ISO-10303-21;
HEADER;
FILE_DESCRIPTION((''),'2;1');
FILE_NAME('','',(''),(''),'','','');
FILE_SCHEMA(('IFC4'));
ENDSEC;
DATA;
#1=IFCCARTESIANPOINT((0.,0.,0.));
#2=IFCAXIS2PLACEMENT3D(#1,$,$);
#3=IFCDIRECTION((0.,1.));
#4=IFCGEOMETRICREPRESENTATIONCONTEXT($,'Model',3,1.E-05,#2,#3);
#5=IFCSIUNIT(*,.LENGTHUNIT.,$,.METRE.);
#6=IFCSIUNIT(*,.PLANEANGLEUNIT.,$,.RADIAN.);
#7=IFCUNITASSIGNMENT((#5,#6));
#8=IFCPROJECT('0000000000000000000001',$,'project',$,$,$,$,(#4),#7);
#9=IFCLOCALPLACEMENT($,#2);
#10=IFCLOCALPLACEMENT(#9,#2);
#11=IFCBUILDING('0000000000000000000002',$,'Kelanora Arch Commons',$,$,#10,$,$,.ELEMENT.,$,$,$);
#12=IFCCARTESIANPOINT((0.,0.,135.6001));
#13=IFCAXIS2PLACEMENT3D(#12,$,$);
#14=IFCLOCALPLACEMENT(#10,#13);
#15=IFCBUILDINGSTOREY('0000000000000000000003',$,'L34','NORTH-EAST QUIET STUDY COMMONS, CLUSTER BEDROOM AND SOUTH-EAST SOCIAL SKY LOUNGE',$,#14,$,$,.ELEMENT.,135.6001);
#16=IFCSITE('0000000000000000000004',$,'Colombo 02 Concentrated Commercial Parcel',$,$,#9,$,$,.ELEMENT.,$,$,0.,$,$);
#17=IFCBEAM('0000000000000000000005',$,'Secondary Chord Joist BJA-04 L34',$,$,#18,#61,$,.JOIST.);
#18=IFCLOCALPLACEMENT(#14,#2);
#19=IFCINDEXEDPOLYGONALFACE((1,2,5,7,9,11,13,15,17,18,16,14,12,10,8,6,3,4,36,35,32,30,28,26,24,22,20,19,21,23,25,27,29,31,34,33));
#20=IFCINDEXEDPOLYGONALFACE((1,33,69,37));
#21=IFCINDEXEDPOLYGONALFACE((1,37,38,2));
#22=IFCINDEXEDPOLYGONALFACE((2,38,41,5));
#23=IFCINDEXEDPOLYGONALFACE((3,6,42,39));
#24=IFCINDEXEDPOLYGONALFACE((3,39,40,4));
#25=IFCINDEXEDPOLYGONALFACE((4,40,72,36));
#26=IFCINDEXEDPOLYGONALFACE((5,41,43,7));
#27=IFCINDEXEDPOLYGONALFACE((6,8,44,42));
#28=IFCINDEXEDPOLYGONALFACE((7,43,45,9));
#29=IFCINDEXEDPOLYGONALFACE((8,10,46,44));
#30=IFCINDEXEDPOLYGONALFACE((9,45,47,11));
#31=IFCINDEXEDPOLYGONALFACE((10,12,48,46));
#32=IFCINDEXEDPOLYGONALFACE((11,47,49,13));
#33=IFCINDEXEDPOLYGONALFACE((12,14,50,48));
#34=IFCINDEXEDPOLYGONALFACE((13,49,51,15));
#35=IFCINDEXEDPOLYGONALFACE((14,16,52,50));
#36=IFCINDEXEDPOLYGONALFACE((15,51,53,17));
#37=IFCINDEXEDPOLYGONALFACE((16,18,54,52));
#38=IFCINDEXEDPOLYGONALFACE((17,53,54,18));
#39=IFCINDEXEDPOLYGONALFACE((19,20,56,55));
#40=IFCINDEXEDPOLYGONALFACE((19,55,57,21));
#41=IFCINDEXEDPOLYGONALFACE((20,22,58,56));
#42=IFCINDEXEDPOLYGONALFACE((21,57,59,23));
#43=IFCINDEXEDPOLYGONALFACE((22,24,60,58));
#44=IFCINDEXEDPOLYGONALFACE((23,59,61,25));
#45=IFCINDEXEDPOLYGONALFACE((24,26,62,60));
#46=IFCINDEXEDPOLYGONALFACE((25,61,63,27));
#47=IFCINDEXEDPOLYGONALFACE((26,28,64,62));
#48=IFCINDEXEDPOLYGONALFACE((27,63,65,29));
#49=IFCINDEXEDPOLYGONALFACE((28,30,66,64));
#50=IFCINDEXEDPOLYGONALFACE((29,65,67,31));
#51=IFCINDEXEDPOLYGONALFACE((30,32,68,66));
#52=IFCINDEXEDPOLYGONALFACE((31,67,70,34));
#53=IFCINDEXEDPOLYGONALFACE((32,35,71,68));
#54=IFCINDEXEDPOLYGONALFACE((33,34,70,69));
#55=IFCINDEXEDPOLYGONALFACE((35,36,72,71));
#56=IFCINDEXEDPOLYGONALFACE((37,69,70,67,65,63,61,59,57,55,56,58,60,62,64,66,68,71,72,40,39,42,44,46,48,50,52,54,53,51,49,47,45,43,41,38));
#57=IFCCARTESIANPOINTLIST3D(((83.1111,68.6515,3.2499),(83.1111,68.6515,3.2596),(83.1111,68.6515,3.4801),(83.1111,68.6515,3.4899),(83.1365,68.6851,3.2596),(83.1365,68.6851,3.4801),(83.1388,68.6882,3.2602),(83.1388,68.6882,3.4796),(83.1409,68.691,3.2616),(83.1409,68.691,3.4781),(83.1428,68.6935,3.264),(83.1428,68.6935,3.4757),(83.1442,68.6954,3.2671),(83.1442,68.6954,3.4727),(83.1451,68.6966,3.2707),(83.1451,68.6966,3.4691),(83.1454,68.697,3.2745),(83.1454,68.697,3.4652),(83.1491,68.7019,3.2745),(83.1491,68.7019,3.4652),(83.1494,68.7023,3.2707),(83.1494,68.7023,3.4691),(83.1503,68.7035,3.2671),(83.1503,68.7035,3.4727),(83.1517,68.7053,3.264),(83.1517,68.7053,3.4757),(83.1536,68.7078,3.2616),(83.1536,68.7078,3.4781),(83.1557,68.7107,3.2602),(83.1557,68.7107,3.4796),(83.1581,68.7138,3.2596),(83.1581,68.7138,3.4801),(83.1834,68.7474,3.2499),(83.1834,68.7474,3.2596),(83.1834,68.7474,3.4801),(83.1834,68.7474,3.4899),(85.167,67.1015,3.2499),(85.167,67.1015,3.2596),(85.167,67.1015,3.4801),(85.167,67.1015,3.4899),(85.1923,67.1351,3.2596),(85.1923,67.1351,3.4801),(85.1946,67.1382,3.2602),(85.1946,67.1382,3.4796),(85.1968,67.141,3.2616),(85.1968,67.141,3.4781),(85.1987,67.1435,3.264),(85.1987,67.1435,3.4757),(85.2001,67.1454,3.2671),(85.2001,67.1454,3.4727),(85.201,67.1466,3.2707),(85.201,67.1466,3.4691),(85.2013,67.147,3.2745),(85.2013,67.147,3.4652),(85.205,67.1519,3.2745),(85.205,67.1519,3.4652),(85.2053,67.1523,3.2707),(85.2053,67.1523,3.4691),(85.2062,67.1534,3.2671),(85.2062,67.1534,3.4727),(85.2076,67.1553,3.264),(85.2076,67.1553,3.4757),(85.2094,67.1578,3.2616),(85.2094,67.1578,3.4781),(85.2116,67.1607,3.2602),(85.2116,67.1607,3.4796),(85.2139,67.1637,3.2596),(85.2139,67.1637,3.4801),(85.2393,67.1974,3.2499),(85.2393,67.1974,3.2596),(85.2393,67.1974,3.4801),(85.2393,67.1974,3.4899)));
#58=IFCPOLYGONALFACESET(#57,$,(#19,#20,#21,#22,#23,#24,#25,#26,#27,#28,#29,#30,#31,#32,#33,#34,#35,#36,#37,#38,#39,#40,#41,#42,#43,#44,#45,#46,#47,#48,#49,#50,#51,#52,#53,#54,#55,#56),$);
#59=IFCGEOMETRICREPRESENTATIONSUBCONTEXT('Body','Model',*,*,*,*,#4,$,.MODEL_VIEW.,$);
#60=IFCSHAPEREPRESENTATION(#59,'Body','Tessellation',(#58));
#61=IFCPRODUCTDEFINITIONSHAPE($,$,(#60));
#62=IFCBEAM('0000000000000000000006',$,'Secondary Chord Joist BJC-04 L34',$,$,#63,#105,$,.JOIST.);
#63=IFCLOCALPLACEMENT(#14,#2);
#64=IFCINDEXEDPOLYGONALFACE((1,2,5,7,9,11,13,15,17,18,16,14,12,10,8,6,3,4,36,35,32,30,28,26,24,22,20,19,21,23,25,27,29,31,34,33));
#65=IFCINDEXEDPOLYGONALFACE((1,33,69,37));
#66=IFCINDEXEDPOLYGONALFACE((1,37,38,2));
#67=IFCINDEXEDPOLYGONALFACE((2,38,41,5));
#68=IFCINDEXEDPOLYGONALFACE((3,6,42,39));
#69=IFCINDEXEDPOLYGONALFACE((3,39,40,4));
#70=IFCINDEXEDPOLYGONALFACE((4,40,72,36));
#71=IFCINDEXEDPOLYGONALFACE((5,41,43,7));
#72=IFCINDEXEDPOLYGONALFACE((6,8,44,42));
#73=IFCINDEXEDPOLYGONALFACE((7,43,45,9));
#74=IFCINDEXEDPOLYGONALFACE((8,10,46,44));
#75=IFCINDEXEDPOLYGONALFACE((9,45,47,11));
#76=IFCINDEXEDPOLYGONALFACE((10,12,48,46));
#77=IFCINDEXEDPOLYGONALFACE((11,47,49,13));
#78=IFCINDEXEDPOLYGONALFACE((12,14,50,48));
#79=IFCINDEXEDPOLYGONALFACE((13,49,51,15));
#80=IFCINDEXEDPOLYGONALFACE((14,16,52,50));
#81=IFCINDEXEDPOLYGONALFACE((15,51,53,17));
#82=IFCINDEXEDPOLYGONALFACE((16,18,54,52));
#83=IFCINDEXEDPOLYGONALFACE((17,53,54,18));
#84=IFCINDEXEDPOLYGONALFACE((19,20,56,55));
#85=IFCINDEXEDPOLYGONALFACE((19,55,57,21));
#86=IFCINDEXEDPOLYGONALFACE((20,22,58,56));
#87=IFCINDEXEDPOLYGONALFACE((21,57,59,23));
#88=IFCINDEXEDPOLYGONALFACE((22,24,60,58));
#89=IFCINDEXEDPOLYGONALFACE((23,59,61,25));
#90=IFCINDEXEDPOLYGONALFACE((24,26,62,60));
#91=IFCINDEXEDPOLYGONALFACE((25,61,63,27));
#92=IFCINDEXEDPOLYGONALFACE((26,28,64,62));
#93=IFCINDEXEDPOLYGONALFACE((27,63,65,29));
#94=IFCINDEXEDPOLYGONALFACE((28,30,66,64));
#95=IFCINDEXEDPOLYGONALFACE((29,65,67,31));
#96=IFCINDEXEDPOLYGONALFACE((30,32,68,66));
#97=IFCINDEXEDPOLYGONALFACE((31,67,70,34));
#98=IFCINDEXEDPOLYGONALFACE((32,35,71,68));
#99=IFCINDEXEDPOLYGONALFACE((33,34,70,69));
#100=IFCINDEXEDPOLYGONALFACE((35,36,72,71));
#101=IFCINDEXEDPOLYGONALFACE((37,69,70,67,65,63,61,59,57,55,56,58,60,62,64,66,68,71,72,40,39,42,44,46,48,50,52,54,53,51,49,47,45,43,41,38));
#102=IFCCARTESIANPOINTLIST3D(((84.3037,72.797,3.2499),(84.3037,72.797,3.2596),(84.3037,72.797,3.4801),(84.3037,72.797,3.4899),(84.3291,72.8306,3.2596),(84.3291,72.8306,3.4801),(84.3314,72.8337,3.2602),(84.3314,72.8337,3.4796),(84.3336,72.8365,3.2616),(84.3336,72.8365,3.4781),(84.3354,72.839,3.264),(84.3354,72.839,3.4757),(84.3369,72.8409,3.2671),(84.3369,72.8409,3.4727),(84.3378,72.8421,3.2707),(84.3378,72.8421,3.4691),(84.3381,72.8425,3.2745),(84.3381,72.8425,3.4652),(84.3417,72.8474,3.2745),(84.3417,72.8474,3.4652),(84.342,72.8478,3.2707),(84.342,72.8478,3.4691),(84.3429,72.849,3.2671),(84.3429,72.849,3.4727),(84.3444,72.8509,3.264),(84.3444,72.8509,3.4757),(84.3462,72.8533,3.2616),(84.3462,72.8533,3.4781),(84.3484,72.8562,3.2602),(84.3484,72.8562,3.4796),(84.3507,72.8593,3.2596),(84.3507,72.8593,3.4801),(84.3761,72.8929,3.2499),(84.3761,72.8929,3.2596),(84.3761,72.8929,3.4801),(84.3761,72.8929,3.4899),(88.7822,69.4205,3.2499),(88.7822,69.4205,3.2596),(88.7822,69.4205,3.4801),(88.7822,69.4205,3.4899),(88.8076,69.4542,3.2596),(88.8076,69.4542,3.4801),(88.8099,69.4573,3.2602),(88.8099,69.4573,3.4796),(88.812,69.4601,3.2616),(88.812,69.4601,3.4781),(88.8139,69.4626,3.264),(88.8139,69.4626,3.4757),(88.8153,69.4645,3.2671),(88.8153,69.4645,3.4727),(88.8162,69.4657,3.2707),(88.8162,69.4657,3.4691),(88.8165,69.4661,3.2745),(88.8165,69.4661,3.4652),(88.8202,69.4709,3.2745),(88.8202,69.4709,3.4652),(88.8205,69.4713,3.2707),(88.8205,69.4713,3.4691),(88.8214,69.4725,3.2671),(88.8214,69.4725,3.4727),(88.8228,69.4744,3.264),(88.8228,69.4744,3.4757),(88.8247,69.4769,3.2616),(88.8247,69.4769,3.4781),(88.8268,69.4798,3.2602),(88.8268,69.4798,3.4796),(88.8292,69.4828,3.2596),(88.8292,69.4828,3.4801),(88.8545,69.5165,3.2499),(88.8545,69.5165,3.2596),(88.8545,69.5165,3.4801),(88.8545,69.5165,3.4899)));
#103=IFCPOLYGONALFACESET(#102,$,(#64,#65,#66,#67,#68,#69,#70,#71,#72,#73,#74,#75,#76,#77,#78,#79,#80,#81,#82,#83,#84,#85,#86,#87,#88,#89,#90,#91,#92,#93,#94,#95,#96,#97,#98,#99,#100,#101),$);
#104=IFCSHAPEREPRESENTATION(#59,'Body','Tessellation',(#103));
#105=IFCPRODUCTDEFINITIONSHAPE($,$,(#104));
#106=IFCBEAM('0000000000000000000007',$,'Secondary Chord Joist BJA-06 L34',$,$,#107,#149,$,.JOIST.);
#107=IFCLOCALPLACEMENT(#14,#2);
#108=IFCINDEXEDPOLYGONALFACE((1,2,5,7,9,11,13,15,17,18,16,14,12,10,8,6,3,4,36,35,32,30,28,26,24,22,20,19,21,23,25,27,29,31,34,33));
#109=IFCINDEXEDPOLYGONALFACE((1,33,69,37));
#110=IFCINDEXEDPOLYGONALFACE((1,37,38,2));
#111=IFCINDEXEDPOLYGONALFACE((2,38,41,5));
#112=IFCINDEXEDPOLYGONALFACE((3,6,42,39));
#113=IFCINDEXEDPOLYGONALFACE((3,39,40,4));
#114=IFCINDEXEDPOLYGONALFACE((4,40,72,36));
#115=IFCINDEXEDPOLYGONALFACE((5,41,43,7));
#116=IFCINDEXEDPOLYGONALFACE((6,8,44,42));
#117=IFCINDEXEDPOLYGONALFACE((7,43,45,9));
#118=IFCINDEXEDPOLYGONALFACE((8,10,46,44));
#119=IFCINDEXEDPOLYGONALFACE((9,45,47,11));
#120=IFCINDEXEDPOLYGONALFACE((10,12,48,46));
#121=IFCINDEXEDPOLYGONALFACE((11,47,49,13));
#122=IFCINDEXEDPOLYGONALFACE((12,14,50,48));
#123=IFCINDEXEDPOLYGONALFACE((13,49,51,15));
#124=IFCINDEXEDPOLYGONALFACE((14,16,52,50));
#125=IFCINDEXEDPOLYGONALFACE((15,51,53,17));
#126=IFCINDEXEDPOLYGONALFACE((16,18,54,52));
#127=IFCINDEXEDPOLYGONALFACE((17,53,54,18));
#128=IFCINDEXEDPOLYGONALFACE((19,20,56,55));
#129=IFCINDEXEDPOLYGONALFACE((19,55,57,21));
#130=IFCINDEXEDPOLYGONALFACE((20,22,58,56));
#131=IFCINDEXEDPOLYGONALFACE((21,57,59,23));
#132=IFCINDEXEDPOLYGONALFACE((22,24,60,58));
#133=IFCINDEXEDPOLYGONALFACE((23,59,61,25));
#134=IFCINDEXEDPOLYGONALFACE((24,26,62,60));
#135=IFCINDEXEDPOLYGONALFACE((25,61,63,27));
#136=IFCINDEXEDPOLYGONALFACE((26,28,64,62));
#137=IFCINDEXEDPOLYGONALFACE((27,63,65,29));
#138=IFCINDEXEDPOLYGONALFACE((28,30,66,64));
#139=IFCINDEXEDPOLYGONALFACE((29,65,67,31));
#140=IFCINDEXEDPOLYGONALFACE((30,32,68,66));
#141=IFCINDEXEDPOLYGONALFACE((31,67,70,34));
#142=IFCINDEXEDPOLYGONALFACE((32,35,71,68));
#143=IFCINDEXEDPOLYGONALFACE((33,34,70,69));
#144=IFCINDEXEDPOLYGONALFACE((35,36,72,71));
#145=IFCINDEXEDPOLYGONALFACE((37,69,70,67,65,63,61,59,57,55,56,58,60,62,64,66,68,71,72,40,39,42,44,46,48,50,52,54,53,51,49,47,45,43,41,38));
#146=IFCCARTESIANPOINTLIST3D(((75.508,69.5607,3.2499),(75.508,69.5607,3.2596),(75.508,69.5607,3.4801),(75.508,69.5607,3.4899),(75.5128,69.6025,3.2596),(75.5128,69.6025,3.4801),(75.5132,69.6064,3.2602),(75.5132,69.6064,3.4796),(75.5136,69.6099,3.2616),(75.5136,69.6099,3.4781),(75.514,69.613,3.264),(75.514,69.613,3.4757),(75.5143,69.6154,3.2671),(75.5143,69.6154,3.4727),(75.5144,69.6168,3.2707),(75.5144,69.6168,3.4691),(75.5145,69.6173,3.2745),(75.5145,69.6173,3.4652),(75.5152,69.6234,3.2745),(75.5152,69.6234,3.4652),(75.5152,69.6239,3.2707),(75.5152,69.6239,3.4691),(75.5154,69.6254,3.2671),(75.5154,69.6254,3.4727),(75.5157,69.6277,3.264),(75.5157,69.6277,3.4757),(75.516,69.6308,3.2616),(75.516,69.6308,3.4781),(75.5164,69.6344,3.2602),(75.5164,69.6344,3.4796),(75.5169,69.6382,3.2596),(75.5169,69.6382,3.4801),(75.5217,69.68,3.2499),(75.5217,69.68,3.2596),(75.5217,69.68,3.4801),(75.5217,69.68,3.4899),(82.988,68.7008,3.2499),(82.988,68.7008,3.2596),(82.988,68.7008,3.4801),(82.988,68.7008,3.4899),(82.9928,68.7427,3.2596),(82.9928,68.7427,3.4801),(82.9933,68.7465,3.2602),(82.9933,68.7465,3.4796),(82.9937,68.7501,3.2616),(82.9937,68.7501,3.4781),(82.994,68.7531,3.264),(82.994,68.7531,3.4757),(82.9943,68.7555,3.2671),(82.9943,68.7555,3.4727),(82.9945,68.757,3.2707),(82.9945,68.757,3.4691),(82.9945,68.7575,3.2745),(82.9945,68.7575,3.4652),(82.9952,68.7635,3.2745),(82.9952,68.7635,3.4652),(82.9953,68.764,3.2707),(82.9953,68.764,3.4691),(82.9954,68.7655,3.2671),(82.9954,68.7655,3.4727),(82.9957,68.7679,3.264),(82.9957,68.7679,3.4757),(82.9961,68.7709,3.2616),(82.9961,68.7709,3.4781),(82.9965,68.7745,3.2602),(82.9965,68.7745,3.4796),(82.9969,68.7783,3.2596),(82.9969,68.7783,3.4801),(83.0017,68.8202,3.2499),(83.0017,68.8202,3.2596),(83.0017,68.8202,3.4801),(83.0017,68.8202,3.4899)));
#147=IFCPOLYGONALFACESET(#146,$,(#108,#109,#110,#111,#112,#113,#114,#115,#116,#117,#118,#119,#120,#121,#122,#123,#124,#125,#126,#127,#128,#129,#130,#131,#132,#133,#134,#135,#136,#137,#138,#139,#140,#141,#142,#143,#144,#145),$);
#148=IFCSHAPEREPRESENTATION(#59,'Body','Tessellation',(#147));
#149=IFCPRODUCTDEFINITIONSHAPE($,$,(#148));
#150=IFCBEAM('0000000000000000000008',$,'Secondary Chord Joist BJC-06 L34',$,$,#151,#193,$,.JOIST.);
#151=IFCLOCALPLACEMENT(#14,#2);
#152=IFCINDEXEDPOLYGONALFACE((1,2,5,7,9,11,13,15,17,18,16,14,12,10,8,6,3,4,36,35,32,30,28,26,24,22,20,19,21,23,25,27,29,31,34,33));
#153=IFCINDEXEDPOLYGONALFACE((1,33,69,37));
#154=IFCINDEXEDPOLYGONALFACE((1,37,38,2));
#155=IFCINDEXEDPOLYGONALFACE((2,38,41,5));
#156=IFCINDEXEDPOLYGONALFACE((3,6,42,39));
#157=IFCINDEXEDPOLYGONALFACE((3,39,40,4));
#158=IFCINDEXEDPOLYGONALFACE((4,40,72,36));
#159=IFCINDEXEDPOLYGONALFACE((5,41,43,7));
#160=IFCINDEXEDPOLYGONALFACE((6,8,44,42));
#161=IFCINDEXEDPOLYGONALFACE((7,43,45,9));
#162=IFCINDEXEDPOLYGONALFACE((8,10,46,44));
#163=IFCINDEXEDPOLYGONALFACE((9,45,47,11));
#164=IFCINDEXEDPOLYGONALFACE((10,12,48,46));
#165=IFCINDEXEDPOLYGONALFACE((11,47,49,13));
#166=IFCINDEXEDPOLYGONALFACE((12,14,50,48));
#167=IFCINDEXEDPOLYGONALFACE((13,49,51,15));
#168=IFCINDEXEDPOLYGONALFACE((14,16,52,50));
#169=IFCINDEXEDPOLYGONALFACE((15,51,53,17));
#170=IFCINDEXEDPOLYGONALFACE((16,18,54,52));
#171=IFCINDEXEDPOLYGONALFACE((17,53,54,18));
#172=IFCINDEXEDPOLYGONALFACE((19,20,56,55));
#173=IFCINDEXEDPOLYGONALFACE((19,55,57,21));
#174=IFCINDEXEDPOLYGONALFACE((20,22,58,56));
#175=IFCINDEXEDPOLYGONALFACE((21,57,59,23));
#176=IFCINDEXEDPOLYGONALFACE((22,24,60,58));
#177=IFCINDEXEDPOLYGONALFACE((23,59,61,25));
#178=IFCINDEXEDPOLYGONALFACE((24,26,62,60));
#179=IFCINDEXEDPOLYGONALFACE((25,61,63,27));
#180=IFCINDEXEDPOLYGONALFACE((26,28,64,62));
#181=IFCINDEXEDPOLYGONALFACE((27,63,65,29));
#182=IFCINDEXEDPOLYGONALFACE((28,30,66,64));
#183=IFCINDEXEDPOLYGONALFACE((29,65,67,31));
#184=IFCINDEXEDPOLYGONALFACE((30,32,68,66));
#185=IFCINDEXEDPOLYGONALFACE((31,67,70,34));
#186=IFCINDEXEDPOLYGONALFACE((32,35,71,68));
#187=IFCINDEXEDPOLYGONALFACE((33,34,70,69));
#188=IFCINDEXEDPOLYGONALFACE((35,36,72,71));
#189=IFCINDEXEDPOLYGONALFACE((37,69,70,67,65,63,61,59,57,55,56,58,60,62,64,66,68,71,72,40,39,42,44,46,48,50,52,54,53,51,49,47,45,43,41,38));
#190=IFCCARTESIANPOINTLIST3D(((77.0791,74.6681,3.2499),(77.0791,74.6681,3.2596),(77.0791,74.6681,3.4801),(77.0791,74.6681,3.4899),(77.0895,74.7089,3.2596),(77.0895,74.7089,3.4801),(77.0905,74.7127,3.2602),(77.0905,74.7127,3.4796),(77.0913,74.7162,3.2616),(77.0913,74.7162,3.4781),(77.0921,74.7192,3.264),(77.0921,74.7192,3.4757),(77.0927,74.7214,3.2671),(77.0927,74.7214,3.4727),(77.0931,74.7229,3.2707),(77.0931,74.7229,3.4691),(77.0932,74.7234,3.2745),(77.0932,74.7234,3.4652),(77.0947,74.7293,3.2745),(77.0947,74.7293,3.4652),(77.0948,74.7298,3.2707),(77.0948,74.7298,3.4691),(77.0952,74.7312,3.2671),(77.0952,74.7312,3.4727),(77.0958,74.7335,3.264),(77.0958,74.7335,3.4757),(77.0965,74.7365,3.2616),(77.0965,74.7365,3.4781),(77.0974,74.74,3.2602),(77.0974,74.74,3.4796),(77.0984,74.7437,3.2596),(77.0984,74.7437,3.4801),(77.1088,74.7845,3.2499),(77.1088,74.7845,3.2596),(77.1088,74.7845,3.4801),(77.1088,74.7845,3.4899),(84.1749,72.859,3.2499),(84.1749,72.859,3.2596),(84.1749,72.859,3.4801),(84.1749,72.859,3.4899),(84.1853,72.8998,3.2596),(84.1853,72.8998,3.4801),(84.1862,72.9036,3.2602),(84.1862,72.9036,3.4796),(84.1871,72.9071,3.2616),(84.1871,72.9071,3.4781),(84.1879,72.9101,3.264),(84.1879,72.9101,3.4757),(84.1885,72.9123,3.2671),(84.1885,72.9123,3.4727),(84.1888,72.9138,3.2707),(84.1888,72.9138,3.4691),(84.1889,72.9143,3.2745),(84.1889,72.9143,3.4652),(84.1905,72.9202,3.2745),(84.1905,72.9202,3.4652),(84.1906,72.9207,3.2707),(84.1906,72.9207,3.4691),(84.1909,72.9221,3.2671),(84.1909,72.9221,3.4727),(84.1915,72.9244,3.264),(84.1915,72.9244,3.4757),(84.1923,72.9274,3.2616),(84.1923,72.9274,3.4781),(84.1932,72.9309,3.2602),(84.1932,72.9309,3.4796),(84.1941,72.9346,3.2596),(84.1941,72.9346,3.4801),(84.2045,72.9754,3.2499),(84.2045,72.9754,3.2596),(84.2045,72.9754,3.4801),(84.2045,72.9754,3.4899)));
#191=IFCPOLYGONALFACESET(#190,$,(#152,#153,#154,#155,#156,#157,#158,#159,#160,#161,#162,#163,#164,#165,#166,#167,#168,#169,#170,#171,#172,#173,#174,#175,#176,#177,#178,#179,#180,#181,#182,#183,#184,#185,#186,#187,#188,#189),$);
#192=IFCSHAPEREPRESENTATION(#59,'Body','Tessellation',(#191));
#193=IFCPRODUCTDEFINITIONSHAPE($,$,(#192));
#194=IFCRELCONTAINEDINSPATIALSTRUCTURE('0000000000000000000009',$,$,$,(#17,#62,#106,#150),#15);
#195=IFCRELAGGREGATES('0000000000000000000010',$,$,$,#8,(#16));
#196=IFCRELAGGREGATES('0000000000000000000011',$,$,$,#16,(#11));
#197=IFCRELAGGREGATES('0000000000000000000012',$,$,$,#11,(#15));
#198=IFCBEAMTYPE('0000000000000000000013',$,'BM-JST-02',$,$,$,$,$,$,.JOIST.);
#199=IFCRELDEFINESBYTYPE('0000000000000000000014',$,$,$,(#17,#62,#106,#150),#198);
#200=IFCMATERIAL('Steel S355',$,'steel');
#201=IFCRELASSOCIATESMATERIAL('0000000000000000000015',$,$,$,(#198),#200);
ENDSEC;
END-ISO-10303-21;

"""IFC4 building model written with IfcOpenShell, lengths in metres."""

from ifc_helpers import new_model, si_unit, direction, frame, origin, origin_2d, place, context, subcontext, project, spatial, i_section, extrude, material, material_profile, profile_set, type_object, element, save


model = new_model("IFC4")

# Units and contexts
model_context = context("Model", 3, precision=1e-05, world=origin(), true_north=direction((0.0, 1.0)))
body_context = subcontext(model_context, "Body", "Model", "MODEL_VIEW")
ifc_project = project(units=[si_unit("LENGTHUNIT", "METRE"), si_unit("PLANEANGLEUNIT", "RADIAN")], contexts=[model_context])

# Site, building, storey
site_placement = place(None, origin())
site = spatial("IfcSite", under=ifc_project, at=site_placement, Name="Colombo 02 Concentrated Commercial Parcel", CompositionType="ELEMENT", RefElevation=0.0)
building_placement = place(site_placement, origin())
building = spatial("IfcBuilding", under=site, at=building_placement, Name="Kelanora Arch Commons", CompositionType="ELEMENT")
storey_placement = place(building_placement, frame((0.0, 0.0, 135.6001)))
storey = spatial("IfcBuildingStorey", under=building, at=storey_placement, Name="L34", Description="NORTH-EAST QUIET STUDY COMMONS, CLUSTER BEDROOM AND SOUTH-EAST SOCIAL SKY LOUNGE", CompositionType="ELEMENT", Elevation=135.6001)

# Beams
ifc_material_1 = material(Name="Steel S355", Category="steel")
ifc_material_profile_1 = material_profile(ifc_material_1, i_section(OverallWidth=0.1201, OverallDepth=0.24, WebThickness=0.0061, FlangeThickness=0.0098, FilletRadius=0.0149, at=origin_2d()), Name="IPE240")
ifc_profile_set_1 = profile_set([ifc_material_profile_1], Name="Steel S355")
beam_type_1 = type_object("IfcBeamType", Name="BM-JST-02", PredefinedType="JOIST", material=ifc_profile_set_1)
beam_1_placement = place(storey_placement, frame((85.2031, 67.1494, 3.3699), z_axis=(-0.798484, 0.602016, 0.0), x_axis=(-0.602016, -0.798484, 0.0)))
element("IfcBeam", 1, at=beam_1_placement, inside=storey, type_object=beam_type_1, Name="Secondary Chord Joist BJA-04 L34", PredefinedType="JOIST", context=body_context, shape_type="SweptSolid", body=[
    extrude(i_section(OverallWidth=0.1201, OverallDepth=0.24, WebThickness=0.0061, FlangeThickness=0.0098, FilletRadius=0.0149, at=origin_2d()), origin(), (0.0, 0.0, 1.0), 2.5747),
])
beam_2_placement = place(storey_placement, frame((88.8184, 69.4685, 3.3699), z_axis=(-0.798493, 0.602004, 0.0), x_axis=(-0.602004, -0.798493, 0.0)))
element("IfcBeam", 2, at=beam_2_placement, inside=storey, type_object=beam_type_1, Name="Secondary Chord Joist BJC-04 L34", PredefinedType="JOIST", context=body_context, shape_type="SweptSolid", body=[
    extrude(i_section(OverallWidth=0.1201, OverallDepth=0.24, WebThickness=0.0061, FlangeThickness=0.0098, FilletRadius=0.0149, at=origin_2d()), origin(), (0.0, 0.0, 1.0), 5.6086),
])
beam_3_placement = place(storey_placement, frame((82.9949, 68.7605, 3.3699), z_axis=(-0.993457, 0.114203, 0.0), x_axis=(-0.114203, -0.993457, 0.0)))
element("IfcBeam", 3, at=beam_3_placement, inside=storey, type_object=beam_type_1, Name="Secondary Chord Joist BJA-06 L34", PredefinedType="JOIST", context=body_context, shape_type="SweptSolid", body=[
    extrude(i_section(OverallWidth=0.1201, OverallDepth=0.24, WebThickness=0.0061, FlangeThickness=0.0098, FilletRadius=0.0149, at=origin_2d()), origin(), (0.0, 0.0, 1.0), 7.5293),
])
beam_4_placement = place(storey_placement, frame((84.1897, 72.9172, 3.3699), z_axis=(-0.969002, 0.247052, 0.0), x_axis=(-0.247052, -0.969002, 0.0)))
element("IfcBeam", 4, at=beam_4_placement, inside=storey, type_object=beam_type_1, Name="Secondary Chord Joist BJC-06 L34", PredefinedType="JOIST", context=body_context, shape_type="SweptSolid", body=[
    extrude(i_section(OverallWidth=0.1201, OverallDepth=0.24, WebThickness=0.0061, FlangeThickness=0.0098, FilletRadius=0.0149, at=origin_2d()), origin(), (0.0, 0.0, 1.0), 7.3228),
])

save(model, "model.ifc")
